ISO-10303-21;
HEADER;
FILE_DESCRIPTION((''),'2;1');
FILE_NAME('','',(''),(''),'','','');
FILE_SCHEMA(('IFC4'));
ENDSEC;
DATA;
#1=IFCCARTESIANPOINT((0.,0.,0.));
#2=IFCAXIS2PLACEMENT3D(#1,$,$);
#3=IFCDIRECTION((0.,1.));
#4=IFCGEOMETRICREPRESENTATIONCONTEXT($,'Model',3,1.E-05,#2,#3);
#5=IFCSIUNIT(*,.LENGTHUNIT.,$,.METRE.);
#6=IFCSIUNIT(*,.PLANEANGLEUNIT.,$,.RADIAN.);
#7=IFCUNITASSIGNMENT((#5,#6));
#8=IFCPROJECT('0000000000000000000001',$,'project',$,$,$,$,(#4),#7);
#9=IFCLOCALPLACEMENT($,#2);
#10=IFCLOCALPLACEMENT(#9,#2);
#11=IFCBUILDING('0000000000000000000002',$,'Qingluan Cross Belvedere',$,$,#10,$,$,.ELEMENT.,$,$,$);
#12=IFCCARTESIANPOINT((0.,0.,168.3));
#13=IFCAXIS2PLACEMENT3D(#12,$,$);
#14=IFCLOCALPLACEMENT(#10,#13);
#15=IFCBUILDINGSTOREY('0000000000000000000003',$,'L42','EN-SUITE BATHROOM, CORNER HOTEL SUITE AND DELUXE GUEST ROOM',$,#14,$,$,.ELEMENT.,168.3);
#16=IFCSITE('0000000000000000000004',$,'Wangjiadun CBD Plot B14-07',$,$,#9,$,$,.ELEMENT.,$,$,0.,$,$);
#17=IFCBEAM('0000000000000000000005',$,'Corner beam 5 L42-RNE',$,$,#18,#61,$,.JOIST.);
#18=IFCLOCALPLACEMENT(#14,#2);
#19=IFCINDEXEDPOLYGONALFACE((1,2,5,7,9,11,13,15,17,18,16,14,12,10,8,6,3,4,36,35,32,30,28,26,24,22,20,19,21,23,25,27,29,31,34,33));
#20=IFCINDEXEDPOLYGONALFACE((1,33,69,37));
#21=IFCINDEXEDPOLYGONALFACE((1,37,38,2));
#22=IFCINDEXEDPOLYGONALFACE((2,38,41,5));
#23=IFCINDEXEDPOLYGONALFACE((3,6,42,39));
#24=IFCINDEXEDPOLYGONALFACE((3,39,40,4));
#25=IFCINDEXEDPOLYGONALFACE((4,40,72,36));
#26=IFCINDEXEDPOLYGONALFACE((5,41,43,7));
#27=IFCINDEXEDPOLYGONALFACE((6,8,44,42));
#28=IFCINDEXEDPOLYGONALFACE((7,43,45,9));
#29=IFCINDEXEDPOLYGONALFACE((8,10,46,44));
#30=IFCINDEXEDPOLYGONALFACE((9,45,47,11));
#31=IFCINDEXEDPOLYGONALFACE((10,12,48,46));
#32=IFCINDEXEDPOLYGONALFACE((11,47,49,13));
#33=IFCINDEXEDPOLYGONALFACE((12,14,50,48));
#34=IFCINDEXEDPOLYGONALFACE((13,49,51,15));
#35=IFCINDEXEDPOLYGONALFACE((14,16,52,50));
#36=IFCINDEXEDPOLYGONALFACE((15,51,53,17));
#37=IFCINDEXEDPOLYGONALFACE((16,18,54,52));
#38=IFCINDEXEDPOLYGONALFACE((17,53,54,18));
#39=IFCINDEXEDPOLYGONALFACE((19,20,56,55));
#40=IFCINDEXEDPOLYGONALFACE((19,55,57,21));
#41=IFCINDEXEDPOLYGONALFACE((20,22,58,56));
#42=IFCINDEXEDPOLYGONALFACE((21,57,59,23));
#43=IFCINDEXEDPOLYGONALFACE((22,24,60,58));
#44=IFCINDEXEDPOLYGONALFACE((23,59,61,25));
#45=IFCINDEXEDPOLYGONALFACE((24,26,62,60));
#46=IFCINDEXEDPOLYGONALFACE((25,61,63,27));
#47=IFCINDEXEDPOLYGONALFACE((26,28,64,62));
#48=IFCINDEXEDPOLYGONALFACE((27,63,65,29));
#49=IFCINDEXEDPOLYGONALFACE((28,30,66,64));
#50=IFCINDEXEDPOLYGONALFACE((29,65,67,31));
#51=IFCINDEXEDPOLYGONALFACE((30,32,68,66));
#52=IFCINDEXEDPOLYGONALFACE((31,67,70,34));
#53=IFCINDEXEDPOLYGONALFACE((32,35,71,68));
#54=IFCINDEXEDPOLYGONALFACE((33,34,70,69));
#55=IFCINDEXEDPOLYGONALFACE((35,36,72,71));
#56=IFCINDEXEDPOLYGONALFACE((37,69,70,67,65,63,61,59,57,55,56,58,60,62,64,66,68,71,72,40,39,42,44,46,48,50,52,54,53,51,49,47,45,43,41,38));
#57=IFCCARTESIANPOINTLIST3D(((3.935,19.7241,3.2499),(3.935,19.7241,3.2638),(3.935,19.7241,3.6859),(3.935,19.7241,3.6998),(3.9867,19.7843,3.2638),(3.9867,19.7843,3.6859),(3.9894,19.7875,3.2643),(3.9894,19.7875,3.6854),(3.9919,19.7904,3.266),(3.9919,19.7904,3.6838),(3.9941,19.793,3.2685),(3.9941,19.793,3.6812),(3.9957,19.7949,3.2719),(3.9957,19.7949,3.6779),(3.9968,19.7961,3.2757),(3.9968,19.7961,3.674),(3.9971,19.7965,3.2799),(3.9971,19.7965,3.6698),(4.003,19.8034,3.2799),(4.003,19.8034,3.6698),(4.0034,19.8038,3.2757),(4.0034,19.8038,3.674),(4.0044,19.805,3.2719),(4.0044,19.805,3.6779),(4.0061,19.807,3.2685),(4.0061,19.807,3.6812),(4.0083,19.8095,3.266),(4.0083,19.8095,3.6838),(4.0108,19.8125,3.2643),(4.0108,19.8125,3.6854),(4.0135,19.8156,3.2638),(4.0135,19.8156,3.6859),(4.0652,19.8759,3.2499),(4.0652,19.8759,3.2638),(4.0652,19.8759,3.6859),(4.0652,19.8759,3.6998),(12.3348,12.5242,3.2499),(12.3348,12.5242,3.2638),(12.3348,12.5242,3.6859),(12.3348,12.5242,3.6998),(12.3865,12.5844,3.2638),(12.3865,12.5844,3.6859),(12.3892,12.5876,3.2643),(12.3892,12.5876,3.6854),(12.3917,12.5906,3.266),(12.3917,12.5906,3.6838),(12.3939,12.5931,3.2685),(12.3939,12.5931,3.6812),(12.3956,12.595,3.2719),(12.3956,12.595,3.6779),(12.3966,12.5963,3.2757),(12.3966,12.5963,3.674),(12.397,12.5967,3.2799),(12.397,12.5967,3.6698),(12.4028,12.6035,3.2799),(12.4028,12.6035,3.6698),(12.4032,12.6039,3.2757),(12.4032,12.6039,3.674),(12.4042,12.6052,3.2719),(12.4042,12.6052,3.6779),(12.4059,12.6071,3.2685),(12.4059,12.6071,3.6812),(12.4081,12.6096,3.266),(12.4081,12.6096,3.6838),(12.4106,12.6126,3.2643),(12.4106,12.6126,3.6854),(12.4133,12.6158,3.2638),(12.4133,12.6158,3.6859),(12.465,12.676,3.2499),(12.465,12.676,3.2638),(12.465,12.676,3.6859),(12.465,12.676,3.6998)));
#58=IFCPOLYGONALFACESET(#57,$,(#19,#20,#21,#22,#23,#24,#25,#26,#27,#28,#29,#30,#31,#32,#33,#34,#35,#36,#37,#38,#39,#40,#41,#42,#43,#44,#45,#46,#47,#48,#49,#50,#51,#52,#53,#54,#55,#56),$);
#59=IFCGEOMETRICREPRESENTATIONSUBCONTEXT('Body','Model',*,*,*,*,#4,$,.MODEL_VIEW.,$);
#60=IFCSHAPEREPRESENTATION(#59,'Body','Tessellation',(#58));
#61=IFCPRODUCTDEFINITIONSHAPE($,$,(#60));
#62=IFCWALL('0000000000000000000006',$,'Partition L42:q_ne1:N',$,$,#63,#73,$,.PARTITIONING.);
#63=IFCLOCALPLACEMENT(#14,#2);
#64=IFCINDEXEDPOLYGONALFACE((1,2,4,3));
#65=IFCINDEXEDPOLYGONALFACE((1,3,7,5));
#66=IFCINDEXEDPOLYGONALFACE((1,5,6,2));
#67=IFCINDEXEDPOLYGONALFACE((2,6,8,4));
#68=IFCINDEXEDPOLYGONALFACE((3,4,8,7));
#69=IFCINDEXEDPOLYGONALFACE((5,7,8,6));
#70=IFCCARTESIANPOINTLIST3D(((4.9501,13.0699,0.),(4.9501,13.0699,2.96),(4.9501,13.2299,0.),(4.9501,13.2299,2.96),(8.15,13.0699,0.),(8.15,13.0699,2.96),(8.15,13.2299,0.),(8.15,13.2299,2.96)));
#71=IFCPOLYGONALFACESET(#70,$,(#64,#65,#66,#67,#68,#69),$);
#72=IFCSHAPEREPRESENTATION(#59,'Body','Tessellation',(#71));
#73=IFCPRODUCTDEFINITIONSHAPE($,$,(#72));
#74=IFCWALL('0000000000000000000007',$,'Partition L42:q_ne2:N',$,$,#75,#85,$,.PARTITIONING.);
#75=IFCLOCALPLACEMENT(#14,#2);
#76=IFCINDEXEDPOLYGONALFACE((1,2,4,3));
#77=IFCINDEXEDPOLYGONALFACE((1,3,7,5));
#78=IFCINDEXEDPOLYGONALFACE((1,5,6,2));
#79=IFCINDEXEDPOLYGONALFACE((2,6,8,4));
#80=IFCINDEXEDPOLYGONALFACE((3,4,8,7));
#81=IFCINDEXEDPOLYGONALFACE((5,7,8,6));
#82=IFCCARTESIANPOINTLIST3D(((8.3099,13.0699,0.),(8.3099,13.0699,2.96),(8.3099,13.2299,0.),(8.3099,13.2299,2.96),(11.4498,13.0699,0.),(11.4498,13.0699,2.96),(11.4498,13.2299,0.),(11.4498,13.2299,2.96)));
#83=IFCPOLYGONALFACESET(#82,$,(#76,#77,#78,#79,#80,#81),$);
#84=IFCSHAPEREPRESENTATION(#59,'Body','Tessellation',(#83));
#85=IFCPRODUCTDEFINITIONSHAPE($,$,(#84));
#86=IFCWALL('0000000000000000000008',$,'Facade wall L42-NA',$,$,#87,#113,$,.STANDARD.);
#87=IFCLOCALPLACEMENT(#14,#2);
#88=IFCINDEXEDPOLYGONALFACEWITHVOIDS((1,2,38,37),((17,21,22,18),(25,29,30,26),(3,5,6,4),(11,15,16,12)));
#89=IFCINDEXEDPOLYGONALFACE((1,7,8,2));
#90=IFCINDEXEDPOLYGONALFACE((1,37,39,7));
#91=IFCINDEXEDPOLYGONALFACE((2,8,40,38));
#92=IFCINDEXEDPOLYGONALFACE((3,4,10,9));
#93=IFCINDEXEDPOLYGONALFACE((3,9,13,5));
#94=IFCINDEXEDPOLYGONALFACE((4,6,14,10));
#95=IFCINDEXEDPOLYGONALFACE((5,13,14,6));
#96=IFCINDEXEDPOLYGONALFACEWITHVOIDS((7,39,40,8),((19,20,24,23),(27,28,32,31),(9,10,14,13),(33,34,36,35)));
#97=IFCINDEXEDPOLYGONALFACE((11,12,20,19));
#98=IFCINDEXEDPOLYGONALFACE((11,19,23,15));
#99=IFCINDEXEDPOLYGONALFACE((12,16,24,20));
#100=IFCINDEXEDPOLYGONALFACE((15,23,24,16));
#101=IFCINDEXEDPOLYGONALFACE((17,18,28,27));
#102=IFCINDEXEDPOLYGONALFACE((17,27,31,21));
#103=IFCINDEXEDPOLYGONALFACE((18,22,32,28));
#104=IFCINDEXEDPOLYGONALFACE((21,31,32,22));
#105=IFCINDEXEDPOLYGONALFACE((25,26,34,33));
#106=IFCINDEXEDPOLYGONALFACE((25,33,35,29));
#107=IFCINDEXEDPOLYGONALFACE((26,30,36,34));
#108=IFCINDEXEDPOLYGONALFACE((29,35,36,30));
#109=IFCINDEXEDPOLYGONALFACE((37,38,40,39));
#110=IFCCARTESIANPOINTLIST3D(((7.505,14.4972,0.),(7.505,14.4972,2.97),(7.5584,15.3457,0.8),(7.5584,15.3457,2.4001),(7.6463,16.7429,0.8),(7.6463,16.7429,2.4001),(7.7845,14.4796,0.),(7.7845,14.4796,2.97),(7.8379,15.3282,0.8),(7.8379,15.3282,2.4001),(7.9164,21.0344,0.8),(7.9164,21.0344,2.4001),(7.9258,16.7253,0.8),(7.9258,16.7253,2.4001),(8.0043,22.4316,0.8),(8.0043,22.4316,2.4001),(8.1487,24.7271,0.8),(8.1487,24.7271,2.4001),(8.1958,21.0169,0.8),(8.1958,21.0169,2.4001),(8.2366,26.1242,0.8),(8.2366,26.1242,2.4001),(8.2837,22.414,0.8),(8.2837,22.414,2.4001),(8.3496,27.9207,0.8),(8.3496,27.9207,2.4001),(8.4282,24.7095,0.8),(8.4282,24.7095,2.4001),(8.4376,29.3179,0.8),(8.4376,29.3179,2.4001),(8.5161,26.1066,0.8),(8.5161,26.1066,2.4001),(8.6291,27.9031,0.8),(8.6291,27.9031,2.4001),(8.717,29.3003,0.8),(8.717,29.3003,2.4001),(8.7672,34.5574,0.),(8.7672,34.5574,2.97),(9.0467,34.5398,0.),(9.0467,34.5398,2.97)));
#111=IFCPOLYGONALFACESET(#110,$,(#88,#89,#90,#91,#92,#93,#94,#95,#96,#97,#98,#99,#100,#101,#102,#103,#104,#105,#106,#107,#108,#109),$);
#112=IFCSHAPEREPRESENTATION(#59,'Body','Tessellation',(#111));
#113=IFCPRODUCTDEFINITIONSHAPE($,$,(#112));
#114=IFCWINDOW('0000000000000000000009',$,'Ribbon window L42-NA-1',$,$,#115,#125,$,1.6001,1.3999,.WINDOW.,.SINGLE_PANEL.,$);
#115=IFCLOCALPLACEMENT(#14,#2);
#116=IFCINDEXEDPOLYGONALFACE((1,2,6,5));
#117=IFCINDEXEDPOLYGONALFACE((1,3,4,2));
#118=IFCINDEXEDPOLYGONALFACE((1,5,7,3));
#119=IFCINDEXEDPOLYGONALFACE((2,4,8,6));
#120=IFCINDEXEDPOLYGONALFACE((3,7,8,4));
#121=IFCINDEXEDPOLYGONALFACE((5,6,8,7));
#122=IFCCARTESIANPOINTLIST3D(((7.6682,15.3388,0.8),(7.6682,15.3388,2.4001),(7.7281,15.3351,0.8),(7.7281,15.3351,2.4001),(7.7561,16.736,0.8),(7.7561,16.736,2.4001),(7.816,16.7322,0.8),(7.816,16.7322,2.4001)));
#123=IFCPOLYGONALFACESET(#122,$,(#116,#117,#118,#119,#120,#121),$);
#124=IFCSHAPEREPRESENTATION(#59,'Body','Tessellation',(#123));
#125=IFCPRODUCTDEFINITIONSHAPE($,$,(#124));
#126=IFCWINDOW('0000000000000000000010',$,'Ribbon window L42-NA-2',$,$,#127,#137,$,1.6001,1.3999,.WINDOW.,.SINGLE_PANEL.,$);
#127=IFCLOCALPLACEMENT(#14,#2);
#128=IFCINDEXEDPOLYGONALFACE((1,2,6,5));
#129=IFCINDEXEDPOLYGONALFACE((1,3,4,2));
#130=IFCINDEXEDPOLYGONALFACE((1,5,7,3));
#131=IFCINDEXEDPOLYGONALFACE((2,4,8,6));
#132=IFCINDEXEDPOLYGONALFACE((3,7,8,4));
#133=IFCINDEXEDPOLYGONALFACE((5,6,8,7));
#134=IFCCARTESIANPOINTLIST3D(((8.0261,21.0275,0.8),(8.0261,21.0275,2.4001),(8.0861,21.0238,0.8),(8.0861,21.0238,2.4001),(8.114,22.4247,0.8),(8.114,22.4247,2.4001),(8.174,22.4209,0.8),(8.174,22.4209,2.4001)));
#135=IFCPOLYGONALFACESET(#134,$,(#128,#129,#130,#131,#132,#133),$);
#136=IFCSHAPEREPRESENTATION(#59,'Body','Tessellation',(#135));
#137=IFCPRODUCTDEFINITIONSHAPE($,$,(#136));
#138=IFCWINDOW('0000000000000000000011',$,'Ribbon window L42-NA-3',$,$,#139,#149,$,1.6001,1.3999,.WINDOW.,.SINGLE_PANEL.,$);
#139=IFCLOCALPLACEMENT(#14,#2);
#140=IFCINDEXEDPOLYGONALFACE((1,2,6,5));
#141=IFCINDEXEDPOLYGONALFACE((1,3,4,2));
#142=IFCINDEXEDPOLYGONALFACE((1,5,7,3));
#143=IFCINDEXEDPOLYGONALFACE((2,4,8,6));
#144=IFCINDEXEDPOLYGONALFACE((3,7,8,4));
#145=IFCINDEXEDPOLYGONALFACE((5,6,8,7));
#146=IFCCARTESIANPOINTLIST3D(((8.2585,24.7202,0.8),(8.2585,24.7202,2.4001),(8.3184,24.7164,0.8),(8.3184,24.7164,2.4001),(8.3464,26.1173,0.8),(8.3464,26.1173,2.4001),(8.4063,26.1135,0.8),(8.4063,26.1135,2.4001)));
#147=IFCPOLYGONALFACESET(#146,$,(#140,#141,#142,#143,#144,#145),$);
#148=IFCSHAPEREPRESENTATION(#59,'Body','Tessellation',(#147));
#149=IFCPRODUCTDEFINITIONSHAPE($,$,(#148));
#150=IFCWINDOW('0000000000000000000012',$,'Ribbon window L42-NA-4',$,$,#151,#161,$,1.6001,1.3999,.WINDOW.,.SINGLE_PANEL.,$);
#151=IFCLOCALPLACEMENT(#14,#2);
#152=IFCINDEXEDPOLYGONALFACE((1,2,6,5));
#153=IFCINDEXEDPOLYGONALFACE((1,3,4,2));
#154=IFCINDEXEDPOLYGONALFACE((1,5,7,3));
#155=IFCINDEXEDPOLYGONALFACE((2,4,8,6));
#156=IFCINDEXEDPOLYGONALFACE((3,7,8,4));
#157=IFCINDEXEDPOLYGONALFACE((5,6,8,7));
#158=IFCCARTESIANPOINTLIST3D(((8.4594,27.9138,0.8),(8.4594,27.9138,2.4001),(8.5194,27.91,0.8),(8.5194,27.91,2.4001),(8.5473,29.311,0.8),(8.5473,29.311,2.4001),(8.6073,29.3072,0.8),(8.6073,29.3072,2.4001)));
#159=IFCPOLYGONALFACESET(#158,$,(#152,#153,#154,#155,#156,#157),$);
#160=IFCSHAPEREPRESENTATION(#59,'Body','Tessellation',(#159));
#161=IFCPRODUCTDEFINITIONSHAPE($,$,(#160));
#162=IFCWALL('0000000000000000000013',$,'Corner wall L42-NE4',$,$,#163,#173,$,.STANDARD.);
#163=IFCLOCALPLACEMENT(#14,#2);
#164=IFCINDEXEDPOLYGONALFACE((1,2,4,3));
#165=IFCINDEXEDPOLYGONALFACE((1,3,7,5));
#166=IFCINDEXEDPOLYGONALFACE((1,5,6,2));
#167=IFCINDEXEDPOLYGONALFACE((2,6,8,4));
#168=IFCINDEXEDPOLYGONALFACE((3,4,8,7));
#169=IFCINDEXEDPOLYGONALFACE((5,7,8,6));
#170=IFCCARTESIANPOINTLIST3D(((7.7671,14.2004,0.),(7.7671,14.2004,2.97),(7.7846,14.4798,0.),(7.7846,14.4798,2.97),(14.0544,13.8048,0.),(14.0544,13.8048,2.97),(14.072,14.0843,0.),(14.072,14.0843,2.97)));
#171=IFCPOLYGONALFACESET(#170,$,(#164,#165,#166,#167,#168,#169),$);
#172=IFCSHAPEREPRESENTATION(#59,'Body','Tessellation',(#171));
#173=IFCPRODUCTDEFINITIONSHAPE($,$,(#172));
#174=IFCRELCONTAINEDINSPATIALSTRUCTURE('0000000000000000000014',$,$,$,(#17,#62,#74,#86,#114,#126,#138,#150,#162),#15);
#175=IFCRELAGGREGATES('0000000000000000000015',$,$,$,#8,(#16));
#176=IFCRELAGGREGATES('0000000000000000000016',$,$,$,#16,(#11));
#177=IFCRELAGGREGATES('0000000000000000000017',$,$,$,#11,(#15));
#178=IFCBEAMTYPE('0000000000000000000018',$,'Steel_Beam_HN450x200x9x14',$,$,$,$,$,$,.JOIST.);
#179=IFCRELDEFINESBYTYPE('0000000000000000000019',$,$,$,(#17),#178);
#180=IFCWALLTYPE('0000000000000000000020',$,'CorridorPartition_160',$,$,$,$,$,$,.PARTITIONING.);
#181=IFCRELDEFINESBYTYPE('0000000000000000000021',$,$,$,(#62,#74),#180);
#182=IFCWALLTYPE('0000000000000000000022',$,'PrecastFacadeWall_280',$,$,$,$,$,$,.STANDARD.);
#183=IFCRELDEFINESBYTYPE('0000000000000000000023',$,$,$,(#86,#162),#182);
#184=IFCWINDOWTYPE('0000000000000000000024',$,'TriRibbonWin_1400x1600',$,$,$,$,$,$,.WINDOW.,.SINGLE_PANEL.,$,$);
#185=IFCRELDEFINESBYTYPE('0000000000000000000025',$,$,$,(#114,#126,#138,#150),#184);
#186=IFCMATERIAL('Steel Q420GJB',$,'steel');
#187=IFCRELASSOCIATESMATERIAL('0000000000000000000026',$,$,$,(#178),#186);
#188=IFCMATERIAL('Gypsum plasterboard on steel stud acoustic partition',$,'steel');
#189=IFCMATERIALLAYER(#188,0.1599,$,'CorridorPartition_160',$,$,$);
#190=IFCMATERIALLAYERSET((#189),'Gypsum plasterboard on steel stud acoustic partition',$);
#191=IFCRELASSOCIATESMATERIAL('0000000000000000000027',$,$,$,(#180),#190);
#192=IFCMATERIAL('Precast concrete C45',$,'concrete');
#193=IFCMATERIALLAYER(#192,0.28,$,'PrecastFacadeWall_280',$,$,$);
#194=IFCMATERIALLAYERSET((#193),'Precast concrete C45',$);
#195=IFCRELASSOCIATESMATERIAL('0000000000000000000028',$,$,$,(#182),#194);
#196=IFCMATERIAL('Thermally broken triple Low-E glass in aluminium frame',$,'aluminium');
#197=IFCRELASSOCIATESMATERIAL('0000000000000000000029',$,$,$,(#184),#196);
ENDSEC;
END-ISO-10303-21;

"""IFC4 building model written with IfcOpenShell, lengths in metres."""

from ifc_helpers import new_model, si_unit, direction, frame, frame_2d, origin, origin_2d, place, context, subcontext, project, spatial, rectangle, i_section, extrude, material, layer, layer_set, material_profile, profile_set, type_object, element, fill, save


model = new_model("IFC4")

# Units and contexts
model_context = context("Model", 3, precision=1e-05, world=origin(), true_north=direction((0.0, 1.0)))
body_context = subcontext(model_context, "Body", "Model", "MODEL_VIEW")
ifc_project = project(units=[si_unit("LENGTHUNIT", "METRE"), si_unit("PLANEANGLEUNIT", "RADIAN")], contexts=[model_context])

# Site, building, storey
site_placement = place(None, origin())
site = spatial("IfcSite", under=ifc_project, at=site_placement, Name="Wangjiadun CBD Plot B14-07", CompositionType="ELEMENT", RefElevation=0.0)
building_placement = place(site_placement, origin())
building = spatial("IfcBuilding", under=site, at=building_placement, Name="Qingluan Cross Belvedere", CompositionType="ELEMENT")
storey_placement = place(building_placement, frame((0.0, 0.0, 168.3)))
storey = spatial("IfcBuildingStorey", under=building, at=storey_placement, Name="L42", Description="EN-SUITE BATHROOM, CORNER HOTEL SUITE AND DELUXE GUEST ROOM", CompositionType="ELEMENT", Elevation=168.3)

# Beam
ifc_material_1 = material(Name="Steel Q420GJB", Category="steel")
ifc_material_profile_1 = material_profile(ifc_material_1, i_section(OverallWidth=0.2, OverallDepth=0.45, WebThickness=0.009, FlangeThickness=0.0139, FilletRadius=0.0161, at=origin_2d()), Name="HN450x200x9x14")
ifc_profile_set_1 = profile_set([ifc_material_profile_1], Name="Steel Q420GJB")
beam_type = type_object("IfcBeamType", Name="Steel_Beam_HN450x200x9x14", PredefinedType="JOIST", material=ifc_profile_set_1)
beam_1_placement = place(storey_placement, frame((12.3999, 12.6001, 3.4749), z_axis=(-0.759255, 0.650793, 0.0), x_axis=(-0.650793, -0.759255, 0.0)))
element("IfcBeam", 1, at=beam_1_placement, inside=storey, type_object=beam_type, Name="Corner beam 5 L42-RNE", PredefinedType="JOIST", context=body_context, shape_type="SweptSolid", body=[
    extrude(i_section(OverallWidth=0.2, OverallDepth=0.45, WebThickness=0.009, FlangeThickness=0.0139, FilletRadius=0.0161, at=origin_2d()), origin(), (0.0, 0.0, 1.0), 11.0632),
])

# Walls
ifc_material_2 = material(Name="Gypsum plasterboard on steel stud acoustic partition", Category="steel")
ifc_layer_1 = layer(ifc_material_2, 0.1599, Name="CorridorPartition_160")
ifc_layer_set_1 = layer_set([ifc_layer_1], Name="Gypsum plasterboard on steel stud acoustic partition")
wall_type_1 = type_object("IfcWallType", Name="CorridorPartition_160", PredefinedType="PARTITIONING", material=ifc_layer_set_1)
wall_1_placement = place(storey_placement, frame((4.95, 13.1499, 0.0), z_axis=(0.0, 0.0, 1.0), x_axis=(1.0, 0.0, 0.0)))
element("IfcWall", 2, at=wall_1_placement, inside=storey, type_object=wall_type_1, Name="Partition L42:q_ne1:N", PredefinedType="PARTITIONING", context=body_context, shape_type="SweptSolid", body=[
    extrude(rectangle(XDim=3.2, YDim=0.1599, at=frame_2d((1.6001, 0.0))), origin(), (0.0, 0.0, 1.0), 2.96),
])
wall_2_placement = place(storey_placement, frame((8.3101, 13.1499, 0.0), z_axis=(0.0, 0.0, 1.0), x_axis=(1.0, 0.0, 0.0)))
element("IfcWall", 3, at=wall_2_placement, inside=storey, type_object=wall_type_1, Name="Partition L42:q_ne2:N", PredefinedType="PARTITIONING", context=body_context, shape_type="SweptSolid", body=[
    extrude(rectangle(XDim=3.1399, YDim=0.1599, at=frame_2d((1.5698, 0.0))), origin(), (0.0, 0.0, 1.0), 2.96),
])

# Wall, openings, windows
ifc_material_3 = material(Name="Precast concrete C45", Category="concrete")
ifc_layer_2 = layer(ifc_material_3, 0.28, Name="PrecastFacadeWall_280")
ifc_layer_set_2 = layer_set([ifc_layer_2], Name="Precast concrete C45")
wall_type_2 = type_object("IfcWallType", Name="PrecastFacadeWall_280", PredefinedType="STANDARD", material=ifc_layer_set_2)
wall_3_placement = place(storey_placement, frame((7.6448, 14.4885, 0.0), z_axis=(0.0, 0.0, 1.0), x_axis=(0.062796, 0.998026, 0.0)))
wall_3 = element("IfcWall", 4, at=wall_3_placement, inside=storey, type_object=wall_type_2, Name="Facade wall L42-NA", PredefinedType="STANDARD", context=body_context, shape_type="SweptSolid", body=[
    extrude(rectangle(XDim=20.0999, YDim=0.28, at=frame_2d((10.0498, 0.0))), origin(), (0.0, 0.0, 1.0), 2.97),
])
opening_1_placement = place(wall_3_placement, frame((0.8501, 0.0, 0.8)))
opening_1 = element("IfcOpeningElement", 5, at=opening_1_placement, cuts=wall_3, PredefinedType="OPENING", context=body_context, shape_type="SweptSolid", body=[
    extrude(rectangle(XDim=1.3999, YDim=1.6001, at=frame_2d((0.7, 0.8))), frame((0.0, 0.1499, 0.0), z_axis=(0.0, -1.0, 0.0), x_axis=(1.0, 0.0, 0.0)), (0.0, 0.0, 1.0), 0.3),
])
opening_2_placement = place(wall_3_placement, frame((6.55, 0.0, 0.8)))
opening_2 = element("IfcOpeningElement", 6, at=opening_2_placement, cuts=wall_3, PredefinedType="OPENING", context=body_context, shape_type="SweptSolid", body=[
    extrude(rectangle(XDim=1.3999, YDim=1.6001, at=frame_2d((0.7, 0.8))), frame((0.0, 0.1499, 0.0), z_axis=(0.0, -1.0, 0.0), x_axis=(1.0, 0.0, 0.0)), (0.0, 0.0, 1.0), 0.3),
])
opening_3_placement = place(wall_3_placement, frame((10.25, 0.0, 0.8)))
opening_3 = element("IfcOpeningElement", 7, at=opening_3_placement, cuts=wall_3, PredefinedType="OPENING", context=body_context, shape_type="SweptSolid", body=[
    extrude(rectangle(XDim=1.3999, YDim=1.6001, at=frame_2d((0.7, 0.8))), frame((0.0, 0.1499, 0.0), z_axis=(0.0, -1.0, 0.0), x_axis=(1.0, 0.0, 0.0)), (0.0, 0.0, 1.0), 0.3),
])
opening_4_placement = place(wall_3_placement, frame((13.45, 0.0, 0.8)))
opening_4 = element("IfcOpeningElement", 8, at=opening_4_placement, cuts=wall_3, PredefinedType="OPENING", context=body_context, shape_type="SweptSolid", body=[
    extrude(rectangle(XDim=1.3999, YDim=1.6001, at=frame_2d((0.7, 0.8))), frame((0.0, 0.1499, 0.0), z_axis=(0.0, -1.0, 0.0), x_axis=(1.0, 0.0, 0.0)), (0.0, 0.0, 1.0), 0.3),
])
ifc_material_4 = material(Name="Thermally broken triple Low-E glass in aluminium frame", Category="aluminium")
window_type = type_object("IfcWindowType", Name="TriRibbonWin_1400x1600", PartitioningType="SINGLE_PANEL", PredefinedType="WINDOW", material=ifc_material_4)
window_1_placement = place(opening_1_placement, origin())
window_1 = element("IfcWindow", 9, at=window_1_placement, inside=storey, type_object=window_type, Name="Ribbon window L42-NA-1", OverallHeight=1.6001, OverallWidth=1.3999, PartitioningType="SINGLE_PANEL", PredefinedType="WINDOW", context=body_context, shape_type="SweptSolid", body=[
    extrude(rectangle(XDim=1.3999, YDim=1.6001, at=frame_2d((0.7, 0.8))), frame((0.0, 0.03, 0.0), z_axis=(0.0, -1.0, 0.0), x_axis=(1.0, 0.0, 0.0)), (0.0, 0.0, 1.0), 0.0601),
])
fill(opening_1, window_1)
window_2_placement = place(opening_2_placement, origin())
window_2 = element("IfcWindow", 10, at=window_2_placement, inside=storey, type_object=window_type, Name="Ribbon window L42-NA-2", OverallHeight=1.6001, OverallWidth=1.3999, PartitioningType="SINGLE_PANEL", PredefinedType="WINDOW", context=body_context, shape_type="SweptSolid", body=[
    extrude(rectangle(XDim=1.3999, YDim=1.6001, at=frame_2d((0.7, 0.8))), frame((0.0, 0.03, 0.0), z_axis=(0.0, -1.0, 0.0), x_axis=(1.0, 0.0, 0.0)), (0.0, 0.0, 1.0), 0.0601),
])
fill(opening_2, window_2)
window_3_placement = place(opening_3_placement, origin())
window_3 = element("IfcWindow", 11, at=window_3_placement, inside=storey, type_object=window_type, Name="Ribbon window L42-NA-3", OverallHeight=1.6001, OverallWidth=1.3999, PartitioningType="SINGLE_PANEL", PredefinedType="WINDOW", context=body_context, shape_type="SweptSolid", body=[
    extrude(rectangle(XDim=1.3999, YDim=1.6001, at=frame_2d((0.7, 0.8))), frame((0.0, 0.03, 0.0), z_axis=(0.0, -1.0, 0.0), x_axis=(1.0, 0.0, 0.0)), (0.0, 0.0, 1.0), 0.0601),
])
fill(opening_3, window_3)
window_4_placement = place(opening_4_placement, origin())
window_4 = element("IfcWindow", 12, at=window_4_placement, inside=storey, type_object=window_type, Name="Ribbon window L42-NA-4", OverallHeight=1.6001, OverallWidth=1.3999, PartitioningType="SINGLE_PANEL", PredefinedType="WINDOW", context=body_context, shape_type="SweptSolid", body=[
    extrude(rectangle(XDim=1.3999, YDim=1.6001, at=frame_2d((0.7, 0.8))), frame((0.0, 0.03, 0.0), z_axis=(0.0, -1.0, 0.0), x_axis=(1.0, 0.0, 0.0)), (0.0, 0.0, 1.0), 0.0601),
])
fill(opening_4, window_4)

# Wall
wall_4_placement = place(storey_placement, frame((14.0632, 13.9446, 0.0), z_axis=(0.0, 0.0, 1.0), x_axis=(-0.998027, 0.062781, 0.0)))
element("IfcWall", 13, at=wall_4_placement, inside=storey, type_object=wall_type_2, Name="Corner wall L42-NE4", PredefinedType="STANDARD", context=body_context, shape_type="SweptSolid", body=[
    extrude(rectangle(XDim=6.2998, YDim=0.28, at=frame_2d((3.1499, 0.0))), origin(), (0.0, 0.0, 1.0), 2.97),
])

save(model, "model.ifc")
